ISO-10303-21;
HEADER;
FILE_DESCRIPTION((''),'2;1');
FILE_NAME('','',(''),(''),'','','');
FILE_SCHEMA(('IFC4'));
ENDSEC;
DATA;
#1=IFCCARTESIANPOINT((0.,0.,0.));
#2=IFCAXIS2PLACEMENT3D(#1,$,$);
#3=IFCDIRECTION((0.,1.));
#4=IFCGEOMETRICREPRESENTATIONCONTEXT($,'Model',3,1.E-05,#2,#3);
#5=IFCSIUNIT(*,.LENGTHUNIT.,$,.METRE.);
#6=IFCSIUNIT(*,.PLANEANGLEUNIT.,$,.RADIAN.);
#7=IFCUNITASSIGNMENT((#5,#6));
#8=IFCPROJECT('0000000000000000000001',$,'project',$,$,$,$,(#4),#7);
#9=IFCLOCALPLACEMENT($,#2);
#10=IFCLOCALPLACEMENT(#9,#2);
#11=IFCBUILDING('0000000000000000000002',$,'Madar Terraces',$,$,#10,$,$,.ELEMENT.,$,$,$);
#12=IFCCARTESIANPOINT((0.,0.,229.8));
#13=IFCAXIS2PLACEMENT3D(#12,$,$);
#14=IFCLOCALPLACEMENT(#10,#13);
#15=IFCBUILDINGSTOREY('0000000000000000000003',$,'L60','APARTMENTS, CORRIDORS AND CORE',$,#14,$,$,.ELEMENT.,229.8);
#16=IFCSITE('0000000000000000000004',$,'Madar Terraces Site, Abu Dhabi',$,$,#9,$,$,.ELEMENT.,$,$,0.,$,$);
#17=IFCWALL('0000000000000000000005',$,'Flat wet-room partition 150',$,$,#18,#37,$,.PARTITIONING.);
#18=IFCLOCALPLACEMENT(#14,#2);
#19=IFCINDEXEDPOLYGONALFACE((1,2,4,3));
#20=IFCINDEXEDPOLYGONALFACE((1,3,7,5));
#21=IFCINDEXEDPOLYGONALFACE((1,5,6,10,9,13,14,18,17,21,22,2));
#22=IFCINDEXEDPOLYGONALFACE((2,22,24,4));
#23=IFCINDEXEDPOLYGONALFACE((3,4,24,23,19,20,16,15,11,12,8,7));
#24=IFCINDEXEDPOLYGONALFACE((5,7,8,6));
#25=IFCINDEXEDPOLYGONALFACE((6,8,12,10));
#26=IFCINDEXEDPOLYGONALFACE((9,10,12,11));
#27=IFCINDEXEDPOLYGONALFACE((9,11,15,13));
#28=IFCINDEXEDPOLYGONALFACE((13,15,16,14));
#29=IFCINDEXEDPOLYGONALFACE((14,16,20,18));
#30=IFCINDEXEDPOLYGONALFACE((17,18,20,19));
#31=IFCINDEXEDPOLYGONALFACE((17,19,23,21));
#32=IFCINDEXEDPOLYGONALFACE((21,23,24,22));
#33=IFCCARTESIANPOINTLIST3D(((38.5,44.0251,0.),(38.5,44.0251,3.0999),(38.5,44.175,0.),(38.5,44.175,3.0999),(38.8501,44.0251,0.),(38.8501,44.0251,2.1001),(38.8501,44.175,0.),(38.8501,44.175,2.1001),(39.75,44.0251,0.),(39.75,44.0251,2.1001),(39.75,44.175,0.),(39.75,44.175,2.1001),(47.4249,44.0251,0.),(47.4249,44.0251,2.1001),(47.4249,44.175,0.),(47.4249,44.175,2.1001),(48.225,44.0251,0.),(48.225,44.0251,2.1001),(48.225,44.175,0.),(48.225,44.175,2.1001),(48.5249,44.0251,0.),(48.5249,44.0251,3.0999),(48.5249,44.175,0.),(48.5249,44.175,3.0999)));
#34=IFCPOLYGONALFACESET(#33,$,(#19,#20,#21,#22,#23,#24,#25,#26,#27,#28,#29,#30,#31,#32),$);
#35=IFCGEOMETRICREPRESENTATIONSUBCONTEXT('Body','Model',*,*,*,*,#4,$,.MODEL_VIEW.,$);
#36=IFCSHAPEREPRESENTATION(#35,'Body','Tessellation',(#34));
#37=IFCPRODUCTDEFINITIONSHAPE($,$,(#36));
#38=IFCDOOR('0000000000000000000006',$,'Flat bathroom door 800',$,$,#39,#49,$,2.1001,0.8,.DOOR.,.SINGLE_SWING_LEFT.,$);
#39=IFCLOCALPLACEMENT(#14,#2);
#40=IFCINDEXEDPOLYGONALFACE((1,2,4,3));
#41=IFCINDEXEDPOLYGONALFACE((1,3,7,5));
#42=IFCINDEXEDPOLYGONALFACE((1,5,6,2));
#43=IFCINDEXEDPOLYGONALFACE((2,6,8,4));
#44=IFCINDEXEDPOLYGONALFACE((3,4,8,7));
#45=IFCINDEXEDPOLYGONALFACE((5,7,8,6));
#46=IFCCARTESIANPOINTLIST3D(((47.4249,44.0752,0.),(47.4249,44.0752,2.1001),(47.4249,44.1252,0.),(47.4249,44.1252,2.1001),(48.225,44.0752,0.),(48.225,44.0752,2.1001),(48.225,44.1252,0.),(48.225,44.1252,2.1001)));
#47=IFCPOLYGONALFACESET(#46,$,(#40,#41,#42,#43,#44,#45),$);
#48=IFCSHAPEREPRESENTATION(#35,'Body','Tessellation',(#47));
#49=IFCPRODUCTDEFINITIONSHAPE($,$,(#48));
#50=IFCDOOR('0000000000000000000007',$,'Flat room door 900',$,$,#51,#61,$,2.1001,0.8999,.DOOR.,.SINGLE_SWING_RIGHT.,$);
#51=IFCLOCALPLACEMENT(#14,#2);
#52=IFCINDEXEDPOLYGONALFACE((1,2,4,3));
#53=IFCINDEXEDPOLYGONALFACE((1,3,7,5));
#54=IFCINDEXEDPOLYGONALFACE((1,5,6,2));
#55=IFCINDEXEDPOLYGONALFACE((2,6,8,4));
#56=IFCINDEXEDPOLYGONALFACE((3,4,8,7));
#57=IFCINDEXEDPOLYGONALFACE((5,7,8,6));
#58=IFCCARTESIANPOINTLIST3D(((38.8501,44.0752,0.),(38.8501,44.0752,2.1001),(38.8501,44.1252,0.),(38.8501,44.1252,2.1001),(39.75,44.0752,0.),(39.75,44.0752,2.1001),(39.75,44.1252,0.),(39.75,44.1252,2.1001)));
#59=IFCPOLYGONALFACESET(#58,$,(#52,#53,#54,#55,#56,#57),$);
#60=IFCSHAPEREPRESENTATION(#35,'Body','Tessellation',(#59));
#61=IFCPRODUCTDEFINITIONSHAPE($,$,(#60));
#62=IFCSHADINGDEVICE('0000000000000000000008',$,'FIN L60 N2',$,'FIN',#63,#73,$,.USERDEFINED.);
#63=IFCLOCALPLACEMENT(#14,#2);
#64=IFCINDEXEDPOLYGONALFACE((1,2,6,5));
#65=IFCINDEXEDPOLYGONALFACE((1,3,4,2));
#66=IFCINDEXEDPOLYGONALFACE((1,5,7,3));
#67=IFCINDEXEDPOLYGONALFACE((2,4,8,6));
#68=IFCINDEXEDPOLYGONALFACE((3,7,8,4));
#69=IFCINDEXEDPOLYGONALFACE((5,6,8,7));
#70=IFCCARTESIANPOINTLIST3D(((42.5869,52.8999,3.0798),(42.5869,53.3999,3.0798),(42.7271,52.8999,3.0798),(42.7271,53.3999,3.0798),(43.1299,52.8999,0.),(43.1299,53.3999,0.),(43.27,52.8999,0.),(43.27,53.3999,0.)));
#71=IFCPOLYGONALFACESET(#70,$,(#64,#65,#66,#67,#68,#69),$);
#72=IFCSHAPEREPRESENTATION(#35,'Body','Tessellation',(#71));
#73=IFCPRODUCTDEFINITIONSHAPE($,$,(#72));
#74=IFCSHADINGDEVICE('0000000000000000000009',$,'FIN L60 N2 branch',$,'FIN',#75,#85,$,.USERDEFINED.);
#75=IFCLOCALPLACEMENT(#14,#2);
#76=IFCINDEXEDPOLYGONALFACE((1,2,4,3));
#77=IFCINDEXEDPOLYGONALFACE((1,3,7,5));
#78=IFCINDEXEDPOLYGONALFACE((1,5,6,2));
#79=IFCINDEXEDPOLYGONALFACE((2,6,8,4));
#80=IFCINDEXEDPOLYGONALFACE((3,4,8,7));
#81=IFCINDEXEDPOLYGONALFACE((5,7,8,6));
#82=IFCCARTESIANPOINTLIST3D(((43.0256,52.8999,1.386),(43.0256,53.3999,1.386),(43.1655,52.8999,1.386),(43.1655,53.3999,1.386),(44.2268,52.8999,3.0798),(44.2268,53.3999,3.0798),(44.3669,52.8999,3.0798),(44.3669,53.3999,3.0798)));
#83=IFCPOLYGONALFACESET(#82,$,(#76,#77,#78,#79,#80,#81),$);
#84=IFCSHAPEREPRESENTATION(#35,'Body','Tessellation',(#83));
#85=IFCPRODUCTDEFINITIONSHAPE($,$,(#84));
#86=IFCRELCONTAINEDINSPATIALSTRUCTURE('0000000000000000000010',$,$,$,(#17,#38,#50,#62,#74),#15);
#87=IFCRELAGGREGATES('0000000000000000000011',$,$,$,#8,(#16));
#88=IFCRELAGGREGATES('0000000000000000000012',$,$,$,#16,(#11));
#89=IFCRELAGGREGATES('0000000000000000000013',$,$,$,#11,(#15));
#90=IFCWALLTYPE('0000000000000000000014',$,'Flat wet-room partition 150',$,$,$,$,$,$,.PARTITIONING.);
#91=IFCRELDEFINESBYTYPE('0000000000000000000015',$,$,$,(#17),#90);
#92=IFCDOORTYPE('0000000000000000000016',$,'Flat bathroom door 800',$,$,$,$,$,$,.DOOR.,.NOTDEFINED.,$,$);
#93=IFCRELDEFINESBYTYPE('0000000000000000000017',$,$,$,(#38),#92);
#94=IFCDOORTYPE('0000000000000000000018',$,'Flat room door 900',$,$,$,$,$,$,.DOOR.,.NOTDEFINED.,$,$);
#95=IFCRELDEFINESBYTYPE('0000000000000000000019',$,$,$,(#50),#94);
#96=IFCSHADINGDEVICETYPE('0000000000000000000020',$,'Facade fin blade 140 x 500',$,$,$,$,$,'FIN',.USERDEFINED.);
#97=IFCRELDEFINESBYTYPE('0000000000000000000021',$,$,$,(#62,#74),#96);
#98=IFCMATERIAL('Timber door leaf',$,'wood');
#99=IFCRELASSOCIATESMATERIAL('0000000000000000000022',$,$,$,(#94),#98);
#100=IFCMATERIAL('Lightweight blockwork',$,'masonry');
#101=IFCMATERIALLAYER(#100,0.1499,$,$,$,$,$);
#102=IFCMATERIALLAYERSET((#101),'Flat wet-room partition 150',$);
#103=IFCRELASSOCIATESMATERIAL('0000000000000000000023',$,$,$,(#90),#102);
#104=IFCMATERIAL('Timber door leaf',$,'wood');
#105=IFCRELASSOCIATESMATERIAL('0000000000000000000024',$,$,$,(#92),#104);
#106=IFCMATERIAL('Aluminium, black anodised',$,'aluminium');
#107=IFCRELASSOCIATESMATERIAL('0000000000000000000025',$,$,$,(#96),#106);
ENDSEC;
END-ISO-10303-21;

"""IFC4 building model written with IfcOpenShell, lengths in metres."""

from ifc_helpers import new_model, si_unit, direction, frame, frame_2d, origin, place, context, subcontext, project, spatial, polyline, rectangle, outline, extrude, material, layer, layer_set, type_object, element, fill, save


model = new_model("IFC4")

# Units and contexts
model_context = context("Model", 3, precision=1e-05, world=origin(), true_north=direction((0.0, 1.0)))
body_context = subcontext(model_context, "Body", "Model", "MODEL_VIEW")
ifc_project = project(units=[si_unit("LENGTHUNIT", "METRE"), si_unit("PLANEANGLEUNIT", "RADIAN")], contexts=[model_context])

# Site, building, storey
site_placement = place(None, origin())
site = spatial("IfcSite", under=ifc_project, at=site_placement, Name="Madar Terraces Site, Abu Dhabi", CompositionType="ELEMENT", RefElevation=0.0)
building_placement = place(site_placement, origin())
building = spatial("IfcBuilding", under=site, at=building_placement, Name="Madar Terraces", CompositionType="ELEMENT")
storey_placement = place(building_placement, frame((0.0, 0.0, 229.8)))
storey = spatial("IfcBuildingStorey", under=building, at=storey_placement, Name="L60", Description="APARTMENTS, CORRIDORS AND CORE", CompositionType="ELEMENT", Elevation=229.8)

# Shared definitions
ifc_material_1 = material(Name="Timber door leaf", Category="wood")
door_type_1 = type_object("IfcDoorType", Name="Flat room door 900", OperationType="NOTDEFINED", PredefinedType="DOOR", material=ifc_material_1)

# Shared definitions
ifc_material_2 = material(Name="Lightweight blockwork", Category="masonry")
ifc_layer_1 = layer(ifc_material_2, 0.1499)
ifc_layer_set_1 = layer_set([ifc_layer_1], Name="Flat wet-room partition 150")
wall_type_1 = type_object("IfcWallType", Name="Flat wet-room partition 150", PredefinedType="PARTITIONING", material=ifc_layer_set_1)

# Wall, openings, doors
wall_1_placement = place(storey_placement, frame((48.5249, 44.1001, 0.0), z_axis=(0.0, 0.0, 1.0), x_axis=(-1.0, 0.0, 0.0)))
wall_1 = element("IfcWall", 1, at=wall_1_placement, inside=storey, type_object=wall_type_1, Name="Flat wet-room partition 150", PredefinedType="PARTITIONING", context=body_context, shape_type="SweptSolid", body=[
    extrude(rectangle(XDim=10.0249, YDim=0.1499, at=frame_2d((5.0125, 0.0))), origin(), (0.0, 0.0, 1.0), 3.0999),
])
opening_1_placement = place(wall_1_placement, frame((0.3, 0.0, 0.0)))
opening_1 = element("IfcOpeningElement", 2, at=opening_1_placement, cuts=wall_1, PredefinedType="OPENING", context=body_context, shape_type="SweptSolid", body=[
    extrude(rectangle(XDim=0.8, YDim=2.1001, at=frame_2d((0.3999, 1.05))), frame((0.0, 0.085, 0.0), z_axis=(0.0, -1.0, 0.0), x_axis=(1.0, 0.0, 0.0)), (0.0, 0.0, 1.0), 0.1699),
])
opening_2_placement = place(wall_1_placement, frame((8.7749, 0.0, 0.0)))
opening_2 = element("IfcOpeningElement", 3, at=opening_2_placement, cuts=wall_1, PredefinedType="OPENING", context=body_context, shape_type="SweptSolid", body=[
    extrude(rectangle(XDim=0.8999, YDim=2.1001, at=frame_2d((0.45, 1.05))), frame((0.0, 0.085, 0.0), z_axis=(0.0, -1.0, 0.0), x_axis=(1.0, 0.0, 0.0)), (0.0, 0.0, 1.0), 0.1699),
])
ifc_material_3 = material(Name="Timber door leaf", Category="wood")
door_type_2 = type_object("IfcDoorType", Name="Flat bathroom door 800", OperationType="NOTDEFINED", PredefinedType="DOOR", material=ifc_material_3)
door_1_placement = place(opening_1_placement, origin())
door_1 = element("IfcDoor", 4, at=door_1_placement, inside=storey, type_object=door_type_2, Name="Flat bathroom door 800", OperationType="SINGLE_SWING_LEFT", OverallHeight=2.1001, OverallWidth=0.8, PredefinedType="DOOR", context=body_context, shape_type="SweptSolid", body=[
    extrude(rectangle(XDim=0.8, YDim=2.1001, at=frame_2d((0.3999, 1.05))), frame((0.0, 0.0249, 0.0), z_axis=(0.0, -1.0, 0.0), x_axis=(1.0, 0.0, 0.0)), (0.0, 0.0, 1.0), 0.05),
])
fill(opening_1, door_1)
door_2_placement = place(opening_2_placement, origin())
door_2 = element("IfcDoor", 5, at=door_2_placement, inside=storey, type_object=door_type_1, Name="Flat room door 900", OperationType="SINGLE_SWING_RIGHT", OverallHeight=2.1001, OverallWidth=0.8999, PredefinedType="DOOR", context=body_context, shape_type="SweptSolid", body=[
    extrude(rectangle(XDim=0.8999, YDim=2.1001, at=frame_2d((0.45, 1.05))), frame((0.0, 0.0249, 0.0), z_axis=(0.0, -1.0, 0.0), x_axis=(1.0, 0.0, 0.0)), (0.0, 0.0, 1.0), 0.05),
])
fill(opening_2, door_2)

# Shading devices
ifc_material_4 = material(Name="Aluminium, black anodised", Category="aluminium")
shading_device_type = type_object("IfcShadingDeviceType", Name="Facade fin blade 140 x 500", ElementType="FIN", PredefinedType="USERDEFINED", material=ifc_material_4)
shading_device_1_placement = place(storey_placement, frame((43.27, 53.1499, 0.0), z_axis=(0.0, 0.0, 1.0), x_axis=(-1.0, 0.0, 0.0)))
element("IfcShadingDevice", 6, at=shading_device_1_placement, inside=storey, type_object=shading_device_type, Name="FIN L60 N2", ObjectType="FIN", PredefinedType="USERDEFINED", context=body_context, shape_type="SweptSolid", body=[
    extrude(outline(polyline([(0.0, 0.0), (0.1401, 0.0), (0.6831, 3.0798), (0.543, 3.0798), (0.0, 0.0)])), frame((0.0, 0.25, 0.0), z_axis=(0.0, -1.0, 0.0), x_axis=(1.0, 0.0, 0.0)), (0.0, 0.0, 1.0), 0.5),
])
shading_device_2_placement = place(storey_placement, frame((43.1655, 53.1499, 1.386), z_axis=(0.0, 0.0, 1.0), x_axis=(-1.0, 0.0, 0.0)))
element("IfcShadingDevice", 7, at=shading_device_2_placement, inside=storey, type_object=shading_device_type, Name="FIN L60 N2 branch", ObjectType="FIN", PredefinedType="USERDEFINED", context=body_context, shape_type="SweptSolid", body=[
    extrude(outline(polyline([(0.0, 0.0), (0.1399, 0.0), (-1.0613, 1.6938), (-1.2014, 1.6938), (0.0, 0.0)])), frame((0.0, 0.25, 0.0), z_axis=(0.0, -1.0, 0.0), x_axis=(1.0, 0.0, 0.0)), (0.0, 0.0, 1.0), 0.5),
])

save(model, "model.ifc")
